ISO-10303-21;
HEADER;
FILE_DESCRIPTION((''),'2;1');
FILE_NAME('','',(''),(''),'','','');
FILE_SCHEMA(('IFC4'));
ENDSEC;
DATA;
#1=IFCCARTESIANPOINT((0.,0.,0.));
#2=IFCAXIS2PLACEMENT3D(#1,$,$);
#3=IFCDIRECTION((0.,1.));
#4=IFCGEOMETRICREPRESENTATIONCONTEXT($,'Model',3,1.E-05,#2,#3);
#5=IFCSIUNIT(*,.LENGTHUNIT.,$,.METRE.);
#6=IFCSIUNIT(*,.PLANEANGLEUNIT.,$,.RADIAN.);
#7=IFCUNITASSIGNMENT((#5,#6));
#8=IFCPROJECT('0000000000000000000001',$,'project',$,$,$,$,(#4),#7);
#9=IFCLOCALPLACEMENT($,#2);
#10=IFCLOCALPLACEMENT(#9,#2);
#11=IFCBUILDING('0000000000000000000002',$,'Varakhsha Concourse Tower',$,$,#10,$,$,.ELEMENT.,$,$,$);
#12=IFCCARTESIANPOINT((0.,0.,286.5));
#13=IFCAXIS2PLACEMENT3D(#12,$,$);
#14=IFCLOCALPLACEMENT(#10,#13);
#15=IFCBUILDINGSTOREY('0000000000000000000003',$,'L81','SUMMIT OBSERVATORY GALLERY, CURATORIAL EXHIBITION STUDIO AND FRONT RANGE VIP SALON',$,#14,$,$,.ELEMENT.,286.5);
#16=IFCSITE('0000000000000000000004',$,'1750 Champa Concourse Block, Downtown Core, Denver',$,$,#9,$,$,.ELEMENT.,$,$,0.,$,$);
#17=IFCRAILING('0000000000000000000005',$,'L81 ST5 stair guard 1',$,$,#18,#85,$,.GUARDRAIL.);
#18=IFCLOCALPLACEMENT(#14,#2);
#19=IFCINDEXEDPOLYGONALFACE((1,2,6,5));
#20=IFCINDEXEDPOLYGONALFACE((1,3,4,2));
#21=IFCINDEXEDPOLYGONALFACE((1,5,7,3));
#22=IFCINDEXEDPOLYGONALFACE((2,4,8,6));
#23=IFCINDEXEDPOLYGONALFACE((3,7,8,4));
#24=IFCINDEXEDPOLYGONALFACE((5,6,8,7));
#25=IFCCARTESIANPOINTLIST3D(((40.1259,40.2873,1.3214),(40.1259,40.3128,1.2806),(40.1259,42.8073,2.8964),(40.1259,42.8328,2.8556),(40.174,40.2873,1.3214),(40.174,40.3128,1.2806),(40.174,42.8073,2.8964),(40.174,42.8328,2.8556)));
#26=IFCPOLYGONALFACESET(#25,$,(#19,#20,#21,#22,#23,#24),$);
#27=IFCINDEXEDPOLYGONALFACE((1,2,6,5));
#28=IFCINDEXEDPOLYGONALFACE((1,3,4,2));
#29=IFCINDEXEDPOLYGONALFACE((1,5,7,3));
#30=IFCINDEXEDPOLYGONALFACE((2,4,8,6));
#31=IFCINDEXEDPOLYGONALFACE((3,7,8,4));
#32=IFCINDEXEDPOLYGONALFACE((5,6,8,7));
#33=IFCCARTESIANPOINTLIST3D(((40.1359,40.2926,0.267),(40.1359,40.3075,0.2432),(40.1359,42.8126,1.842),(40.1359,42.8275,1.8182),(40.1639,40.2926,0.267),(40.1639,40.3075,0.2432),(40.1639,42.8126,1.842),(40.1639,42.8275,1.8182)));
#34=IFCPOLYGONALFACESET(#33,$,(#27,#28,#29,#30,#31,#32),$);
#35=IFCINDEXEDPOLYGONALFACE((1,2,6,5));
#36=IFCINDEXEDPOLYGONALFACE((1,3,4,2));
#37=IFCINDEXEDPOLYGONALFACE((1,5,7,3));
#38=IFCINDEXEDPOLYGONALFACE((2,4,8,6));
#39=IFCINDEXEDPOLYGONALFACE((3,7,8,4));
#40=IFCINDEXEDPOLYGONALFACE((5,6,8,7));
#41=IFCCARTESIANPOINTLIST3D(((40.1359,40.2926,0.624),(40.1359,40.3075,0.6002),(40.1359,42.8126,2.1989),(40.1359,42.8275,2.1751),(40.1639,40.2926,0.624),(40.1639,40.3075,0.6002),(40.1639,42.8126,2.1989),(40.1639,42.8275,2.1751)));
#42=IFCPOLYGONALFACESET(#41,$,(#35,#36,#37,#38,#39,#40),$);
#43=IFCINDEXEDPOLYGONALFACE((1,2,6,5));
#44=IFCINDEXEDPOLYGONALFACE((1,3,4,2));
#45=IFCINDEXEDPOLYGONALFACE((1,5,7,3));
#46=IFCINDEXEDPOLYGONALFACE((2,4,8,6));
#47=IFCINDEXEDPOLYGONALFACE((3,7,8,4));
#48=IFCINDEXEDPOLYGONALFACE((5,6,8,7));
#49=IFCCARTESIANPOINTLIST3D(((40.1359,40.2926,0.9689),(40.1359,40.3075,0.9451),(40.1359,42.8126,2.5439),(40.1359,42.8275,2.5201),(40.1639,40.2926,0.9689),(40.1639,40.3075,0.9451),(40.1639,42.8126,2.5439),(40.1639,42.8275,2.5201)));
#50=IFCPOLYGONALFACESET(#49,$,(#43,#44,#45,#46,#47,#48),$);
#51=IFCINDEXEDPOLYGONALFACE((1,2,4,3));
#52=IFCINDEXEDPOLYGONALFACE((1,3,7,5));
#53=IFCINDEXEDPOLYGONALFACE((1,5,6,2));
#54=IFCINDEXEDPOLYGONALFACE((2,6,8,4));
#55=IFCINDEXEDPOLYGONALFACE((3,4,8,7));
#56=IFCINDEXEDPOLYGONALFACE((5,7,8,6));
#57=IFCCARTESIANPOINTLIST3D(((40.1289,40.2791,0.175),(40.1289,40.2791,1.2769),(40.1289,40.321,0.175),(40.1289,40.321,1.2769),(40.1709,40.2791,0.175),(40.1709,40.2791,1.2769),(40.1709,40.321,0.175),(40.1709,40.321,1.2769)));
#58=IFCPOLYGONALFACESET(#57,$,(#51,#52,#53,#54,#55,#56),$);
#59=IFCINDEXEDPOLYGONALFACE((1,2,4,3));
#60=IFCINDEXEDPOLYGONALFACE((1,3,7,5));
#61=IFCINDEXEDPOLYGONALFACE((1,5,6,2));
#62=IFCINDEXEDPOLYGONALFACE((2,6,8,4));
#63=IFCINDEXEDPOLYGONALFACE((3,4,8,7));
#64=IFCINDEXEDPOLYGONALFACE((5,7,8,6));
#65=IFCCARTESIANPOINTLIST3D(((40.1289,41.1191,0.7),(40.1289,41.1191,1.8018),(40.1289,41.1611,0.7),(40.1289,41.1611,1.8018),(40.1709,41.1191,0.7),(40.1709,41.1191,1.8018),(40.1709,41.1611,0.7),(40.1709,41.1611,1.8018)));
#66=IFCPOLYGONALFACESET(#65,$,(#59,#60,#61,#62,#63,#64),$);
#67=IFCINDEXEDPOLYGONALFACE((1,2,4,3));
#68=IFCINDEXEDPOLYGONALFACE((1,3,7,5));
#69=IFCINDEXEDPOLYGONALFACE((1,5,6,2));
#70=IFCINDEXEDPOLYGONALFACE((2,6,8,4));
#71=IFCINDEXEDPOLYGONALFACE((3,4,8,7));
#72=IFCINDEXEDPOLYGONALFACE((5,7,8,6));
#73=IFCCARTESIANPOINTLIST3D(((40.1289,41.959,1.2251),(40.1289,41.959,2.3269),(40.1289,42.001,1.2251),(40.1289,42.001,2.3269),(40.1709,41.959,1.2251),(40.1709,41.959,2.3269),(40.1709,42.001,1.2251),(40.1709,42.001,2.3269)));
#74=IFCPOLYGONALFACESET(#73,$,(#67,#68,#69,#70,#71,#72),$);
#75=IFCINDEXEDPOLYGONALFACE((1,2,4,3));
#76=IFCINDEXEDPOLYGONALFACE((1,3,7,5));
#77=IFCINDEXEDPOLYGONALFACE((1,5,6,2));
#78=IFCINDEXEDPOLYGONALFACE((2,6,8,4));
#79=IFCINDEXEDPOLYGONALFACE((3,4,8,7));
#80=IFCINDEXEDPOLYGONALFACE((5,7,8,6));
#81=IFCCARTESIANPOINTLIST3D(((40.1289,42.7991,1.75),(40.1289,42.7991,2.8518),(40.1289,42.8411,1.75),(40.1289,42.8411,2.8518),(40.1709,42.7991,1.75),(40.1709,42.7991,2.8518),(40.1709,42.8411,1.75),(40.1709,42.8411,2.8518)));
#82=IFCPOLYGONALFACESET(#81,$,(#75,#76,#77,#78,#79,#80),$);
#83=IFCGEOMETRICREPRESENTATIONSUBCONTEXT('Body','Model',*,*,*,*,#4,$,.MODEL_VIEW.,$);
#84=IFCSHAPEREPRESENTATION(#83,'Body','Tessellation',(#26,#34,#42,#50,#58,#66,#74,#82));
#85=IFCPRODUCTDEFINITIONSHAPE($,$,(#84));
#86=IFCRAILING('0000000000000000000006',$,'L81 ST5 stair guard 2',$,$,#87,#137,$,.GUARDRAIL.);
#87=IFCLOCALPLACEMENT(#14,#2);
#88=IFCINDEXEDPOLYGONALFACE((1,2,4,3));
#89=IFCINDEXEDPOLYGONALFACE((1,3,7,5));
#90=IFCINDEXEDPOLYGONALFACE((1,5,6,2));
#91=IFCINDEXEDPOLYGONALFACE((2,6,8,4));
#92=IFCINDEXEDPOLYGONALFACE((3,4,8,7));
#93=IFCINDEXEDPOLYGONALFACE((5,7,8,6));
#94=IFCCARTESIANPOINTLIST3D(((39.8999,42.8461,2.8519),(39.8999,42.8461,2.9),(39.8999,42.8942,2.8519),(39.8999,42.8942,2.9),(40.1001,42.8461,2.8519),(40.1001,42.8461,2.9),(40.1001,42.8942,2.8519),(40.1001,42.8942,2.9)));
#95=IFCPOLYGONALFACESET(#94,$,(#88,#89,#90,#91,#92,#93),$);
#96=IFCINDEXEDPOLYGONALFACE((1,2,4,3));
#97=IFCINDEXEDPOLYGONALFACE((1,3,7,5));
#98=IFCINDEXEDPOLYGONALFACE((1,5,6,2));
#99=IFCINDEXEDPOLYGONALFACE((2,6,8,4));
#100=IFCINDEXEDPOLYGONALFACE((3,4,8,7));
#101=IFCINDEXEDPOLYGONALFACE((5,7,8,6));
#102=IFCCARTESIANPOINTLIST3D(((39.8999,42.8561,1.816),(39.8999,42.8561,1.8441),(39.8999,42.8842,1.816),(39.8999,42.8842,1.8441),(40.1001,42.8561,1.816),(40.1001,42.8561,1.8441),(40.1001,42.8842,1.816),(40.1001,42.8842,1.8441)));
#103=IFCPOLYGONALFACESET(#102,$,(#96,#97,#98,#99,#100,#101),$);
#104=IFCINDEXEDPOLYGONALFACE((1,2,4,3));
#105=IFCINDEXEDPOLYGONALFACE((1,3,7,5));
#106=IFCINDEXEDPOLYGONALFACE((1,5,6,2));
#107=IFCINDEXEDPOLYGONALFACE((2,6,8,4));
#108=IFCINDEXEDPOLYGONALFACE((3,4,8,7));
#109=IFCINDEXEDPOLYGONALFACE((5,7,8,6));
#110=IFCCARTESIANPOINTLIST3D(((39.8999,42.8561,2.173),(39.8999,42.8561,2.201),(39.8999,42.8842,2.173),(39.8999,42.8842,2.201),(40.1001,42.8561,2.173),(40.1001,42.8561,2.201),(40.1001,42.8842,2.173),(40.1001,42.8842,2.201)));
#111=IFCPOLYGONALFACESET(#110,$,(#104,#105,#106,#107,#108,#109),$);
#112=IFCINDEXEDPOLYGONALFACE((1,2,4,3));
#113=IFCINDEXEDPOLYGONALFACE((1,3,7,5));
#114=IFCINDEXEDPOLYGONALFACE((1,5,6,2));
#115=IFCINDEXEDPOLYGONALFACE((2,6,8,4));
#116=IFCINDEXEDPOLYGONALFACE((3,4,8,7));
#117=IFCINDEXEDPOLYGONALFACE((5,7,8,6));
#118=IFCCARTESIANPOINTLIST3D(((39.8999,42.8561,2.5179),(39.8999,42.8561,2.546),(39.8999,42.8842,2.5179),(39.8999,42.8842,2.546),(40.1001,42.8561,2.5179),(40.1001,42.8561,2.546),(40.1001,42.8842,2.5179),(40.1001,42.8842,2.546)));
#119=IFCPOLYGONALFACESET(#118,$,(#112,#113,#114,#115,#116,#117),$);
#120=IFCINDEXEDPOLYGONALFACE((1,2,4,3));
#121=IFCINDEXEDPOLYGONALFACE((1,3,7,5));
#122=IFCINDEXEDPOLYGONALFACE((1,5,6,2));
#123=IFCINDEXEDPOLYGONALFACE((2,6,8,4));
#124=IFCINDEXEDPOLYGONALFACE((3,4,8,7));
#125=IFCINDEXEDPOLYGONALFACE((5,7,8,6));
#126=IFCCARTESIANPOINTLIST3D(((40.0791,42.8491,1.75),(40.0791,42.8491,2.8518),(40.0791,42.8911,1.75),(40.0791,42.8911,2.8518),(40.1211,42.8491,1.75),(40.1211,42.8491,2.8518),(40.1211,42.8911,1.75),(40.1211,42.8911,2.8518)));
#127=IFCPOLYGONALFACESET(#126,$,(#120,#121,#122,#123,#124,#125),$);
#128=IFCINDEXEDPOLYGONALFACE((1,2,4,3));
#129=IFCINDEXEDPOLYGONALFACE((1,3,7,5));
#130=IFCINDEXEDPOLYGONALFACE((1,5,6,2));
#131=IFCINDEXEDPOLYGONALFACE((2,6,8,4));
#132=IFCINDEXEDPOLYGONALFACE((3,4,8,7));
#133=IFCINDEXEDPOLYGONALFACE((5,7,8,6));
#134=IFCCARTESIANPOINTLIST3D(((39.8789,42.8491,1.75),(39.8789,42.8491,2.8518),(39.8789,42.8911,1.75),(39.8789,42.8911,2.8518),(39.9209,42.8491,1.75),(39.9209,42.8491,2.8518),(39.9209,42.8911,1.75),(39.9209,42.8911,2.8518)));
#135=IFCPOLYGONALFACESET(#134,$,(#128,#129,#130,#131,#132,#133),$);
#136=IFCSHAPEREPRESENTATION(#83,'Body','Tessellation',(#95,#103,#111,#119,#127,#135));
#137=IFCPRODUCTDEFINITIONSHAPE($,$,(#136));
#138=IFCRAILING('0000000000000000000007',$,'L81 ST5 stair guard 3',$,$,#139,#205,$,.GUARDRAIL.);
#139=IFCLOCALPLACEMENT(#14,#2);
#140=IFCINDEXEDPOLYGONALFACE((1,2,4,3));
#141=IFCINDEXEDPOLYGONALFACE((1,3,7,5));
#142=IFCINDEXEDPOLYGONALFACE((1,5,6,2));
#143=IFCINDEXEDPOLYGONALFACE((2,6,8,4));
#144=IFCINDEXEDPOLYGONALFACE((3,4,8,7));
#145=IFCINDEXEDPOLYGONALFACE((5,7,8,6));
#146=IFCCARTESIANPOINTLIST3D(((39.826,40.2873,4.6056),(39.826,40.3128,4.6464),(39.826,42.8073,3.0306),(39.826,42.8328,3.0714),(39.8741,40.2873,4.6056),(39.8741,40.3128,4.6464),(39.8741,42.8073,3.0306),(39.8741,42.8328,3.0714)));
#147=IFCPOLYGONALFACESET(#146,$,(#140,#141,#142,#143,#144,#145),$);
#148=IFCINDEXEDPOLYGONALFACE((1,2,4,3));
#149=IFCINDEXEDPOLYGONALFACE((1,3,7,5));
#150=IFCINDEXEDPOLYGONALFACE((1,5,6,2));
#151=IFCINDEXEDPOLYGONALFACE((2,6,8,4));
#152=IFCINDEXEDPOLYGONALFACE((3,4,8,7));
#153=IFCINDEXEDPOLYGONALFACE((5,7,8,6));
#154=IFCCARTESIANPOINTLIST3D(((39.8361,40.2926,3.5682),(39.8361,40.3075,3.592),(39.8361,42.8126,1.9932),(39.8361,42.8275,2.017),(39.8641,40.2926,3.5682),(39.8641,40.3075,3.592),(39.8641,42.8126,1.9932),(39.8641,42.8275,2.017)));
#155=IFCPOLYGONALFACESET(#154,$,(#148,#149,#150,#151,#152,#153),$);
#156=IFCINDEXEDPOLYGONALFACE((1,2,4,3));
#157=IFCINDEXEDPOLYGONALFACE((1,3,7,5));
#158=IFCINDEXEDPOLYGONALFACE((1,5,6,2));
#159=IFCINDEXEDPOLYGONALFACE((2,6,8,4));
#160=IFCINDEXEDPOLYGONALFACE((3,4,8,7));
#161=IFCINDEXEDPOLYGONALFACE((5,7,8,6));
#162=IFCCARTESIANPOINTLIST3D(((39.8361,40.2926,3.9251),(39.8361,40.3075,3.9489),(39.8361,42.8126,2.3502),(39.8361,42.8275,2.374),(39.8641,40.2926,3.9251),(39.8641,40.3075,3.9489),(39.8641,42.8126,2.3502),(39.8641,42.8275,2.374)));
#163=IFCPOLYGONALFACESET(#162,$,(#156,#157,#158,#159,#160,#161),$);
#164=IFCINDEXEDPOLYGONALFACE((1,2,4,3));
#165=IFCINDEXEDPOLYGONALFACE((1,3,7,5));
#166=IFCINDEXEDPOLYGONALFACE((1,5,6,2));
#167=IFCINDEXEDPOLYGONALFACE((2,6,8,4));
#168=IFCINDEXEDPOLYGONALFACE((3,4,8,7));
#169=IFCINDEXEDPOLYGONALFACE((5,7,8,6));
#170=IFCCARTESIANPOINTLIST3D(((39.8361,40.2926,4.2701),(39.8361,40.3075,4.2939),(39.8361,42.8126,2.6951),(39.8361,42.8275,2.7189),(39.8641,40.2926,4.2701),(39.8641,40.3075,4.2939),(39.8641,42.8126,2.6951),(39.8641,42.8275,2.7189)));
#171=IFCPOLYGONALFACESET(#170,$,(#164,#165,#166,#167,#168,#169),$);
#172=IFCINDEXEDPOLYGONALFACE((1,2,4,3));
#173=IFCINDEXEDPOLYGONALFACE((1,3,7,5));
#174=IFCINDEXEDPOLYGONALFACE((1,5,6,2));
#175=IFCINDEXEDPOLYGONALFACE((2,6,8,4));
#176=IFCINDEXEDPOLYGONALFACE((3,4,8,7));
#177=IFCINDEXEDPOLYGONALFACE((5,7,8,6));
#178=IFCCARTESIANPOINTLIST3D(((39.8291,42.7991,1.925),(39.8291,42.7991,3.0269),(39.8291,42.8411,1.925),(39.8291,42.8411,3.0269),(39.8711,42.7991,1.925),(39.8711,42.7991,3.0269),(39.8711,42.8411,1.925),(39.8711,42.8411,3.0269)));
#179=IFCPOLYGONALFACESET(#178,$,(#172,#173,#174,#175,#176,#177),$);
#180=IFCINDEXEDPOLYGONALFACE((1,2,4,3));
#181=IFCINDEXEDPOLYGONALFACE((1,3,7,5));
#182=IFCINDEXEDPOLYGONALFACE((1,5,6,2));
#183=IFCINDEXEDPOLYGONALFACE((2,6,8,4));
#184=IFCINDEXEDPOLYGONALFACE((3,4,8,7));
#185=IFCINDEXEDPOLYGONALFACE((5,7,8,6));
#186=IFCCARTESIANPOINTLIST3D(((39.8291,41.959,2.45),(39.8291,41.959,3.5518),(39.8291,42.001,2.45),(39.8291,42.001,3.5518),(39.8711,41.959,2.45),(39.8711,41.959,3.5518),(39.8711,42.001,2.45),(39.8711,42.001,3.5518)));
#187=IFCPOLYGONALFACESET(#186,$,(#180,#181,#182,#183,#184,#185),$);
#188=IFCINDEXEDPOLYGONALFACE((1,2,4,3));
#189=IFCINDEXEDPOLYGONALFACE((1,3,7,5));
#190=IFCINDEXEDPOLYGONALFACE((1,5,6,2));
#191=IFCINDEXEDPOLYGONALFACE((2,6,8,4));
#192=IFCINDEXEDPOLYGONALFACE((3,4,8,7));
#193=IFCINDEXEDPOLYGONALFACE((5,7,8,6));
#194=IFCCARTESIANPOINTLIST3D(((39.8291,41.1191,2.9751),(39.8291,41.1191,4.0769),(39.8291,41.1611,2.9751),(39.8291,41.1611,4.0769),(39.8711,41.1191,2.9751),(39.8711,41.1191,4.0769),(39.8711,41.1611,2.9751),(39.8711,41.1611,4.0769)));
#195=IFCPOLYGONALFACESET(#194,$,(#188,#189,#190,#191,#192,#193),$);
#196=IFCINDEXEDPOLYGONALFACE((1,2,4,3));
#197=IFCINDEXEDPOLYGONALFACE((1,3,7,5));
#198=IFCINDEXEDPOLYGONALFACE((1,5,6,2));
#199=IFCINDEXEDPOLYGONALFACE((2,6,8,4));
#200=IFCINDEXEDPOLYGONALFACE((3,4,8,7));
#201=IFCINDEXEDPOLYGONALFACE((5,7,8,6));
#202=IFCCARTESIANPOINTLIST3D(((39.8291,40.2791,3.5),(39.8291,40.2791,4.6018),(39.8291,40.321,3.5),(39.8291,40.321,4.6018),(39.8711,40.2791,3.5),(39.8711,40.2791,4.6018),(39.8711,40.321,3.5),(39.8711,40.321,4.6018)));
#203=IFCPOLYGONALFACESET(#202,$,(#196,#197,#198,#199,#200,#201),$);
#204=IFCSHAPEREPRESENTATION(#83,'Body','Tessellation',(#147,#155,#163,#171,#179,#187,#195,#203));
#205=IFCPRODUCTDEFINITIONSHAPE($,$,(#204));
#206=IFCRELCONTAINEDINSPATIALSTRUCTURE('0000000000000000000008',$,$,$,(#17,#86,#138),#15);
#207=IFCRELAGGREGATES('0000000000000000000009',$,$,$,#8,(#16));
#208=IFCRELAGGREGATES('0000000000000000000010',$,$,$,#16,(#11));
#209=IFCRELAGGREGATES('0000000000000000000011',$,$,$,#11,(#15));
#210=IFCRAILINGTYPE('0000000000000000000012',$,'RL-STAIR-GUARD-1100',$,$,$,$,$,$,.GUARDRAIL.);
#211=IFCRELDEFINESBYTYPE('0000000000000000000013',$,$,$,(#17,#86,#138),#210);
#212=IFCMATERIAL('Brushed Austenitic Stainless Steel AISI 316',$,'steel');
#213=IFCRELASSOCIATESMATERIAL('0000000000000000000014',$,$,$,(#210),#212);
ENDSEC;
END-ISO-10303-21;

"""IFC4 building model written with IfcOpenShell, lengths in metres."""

from ifc_helpers import new_model, si_unit, direction, frame, origin, origin_2d, place, context, subcontext, project, spatial, rectangle, extrude, material, type_object, element, save


model = new_model("IFC4")

# Units and contexts
model_context = context("Model", 3, precision=1e-05, world=origin(), true_north=direction((0.0, 1.0)))
body_context = subcontext(model_context, "Body", "Model", "MODEL_VIEW")
ifc_project = project(units=[si_unit("LENGTHUNIT", "METRE"), si_unit("PLANEANGLEUNIT", "RADIAN")], contexts=[model_context])

# Site, building, storey
site_placement = place(None, origin())
site = spatial("IfcSite", under=ifc_project, at=site_placement, Name="1750 Champa Concourse Block, Downtown Core, Denver", CompositionType="ELEMENT", RefElevation=0.0)
building_placement = place(site_placement, origin())
building = spatial("IfcBuilding", under=site, at=building_placement, Name="Varakhsha Concourse Tower", CompositionType="ELEMENT")
storey_placement = place(building_placement, frame((0.0, 0.0, 286.5)))
storey = spatial("IfcBuildingStorey", under=building, at=storey_placement, Name="L81", Description="SUMMIT OBSERVATORY GALLERY, CURATORIAL EXHIBITION STUDIO AND FRONT RANGE VIP SALON", CompositionType="ELEMENT", Elevation=286.5)

# Railings
ifc_material_1 = material(Name="Brushed Austenitic Stainless Steel AISI 316", Category="steel")
railing_type_1 = type_object("IfcRailingType", Name="RL-STAIR-GUARD-1100", PredefinedType="GUARDRAIL", material=ifc_material_1)
railing_1_placement = place(storey_placement, frame((40.1499, 40.3, 0.175)))
element("IfcRailing", 1, at=railing_1_placement, inside=storey, type_object=railing_type_1, Name="L81 ST5 stair guard 1", PredefinedType="GUARDRAIL", context=body_context, shape_type="SweptSolid", body=[
    extrude(rectangle(XDim=0.0481, YDim=0.0481, at=origin_2d()), frame((0.0, 0.0, 1.126), z_axis=(0.0, 0.848008, 0.529984), x_axis=(-1.0, 0.0, 0.0)), (0.0, 0.0, 1.0), 2.9717),
    extrude(rectangle(XDim=0.0281, YDim=0.0281, at=origin_2d()), frame((0.0, 0.0, 0.0801), z_axis=(0.0, 0.848008, 0.529984), x_axis=(-1.0, 0.0, 0.0)), (0.0, 0.0, 1.0), 2.9717),
    extrude(rectangle(XDim=0.0281, YDim=0.0281, at=origin_2d()), frame((0.0, 0.0, 0.437), z_axis=(0.0, 0.848008, 0.529984), x_axis=(-1.0, 0.0, 0.0)), (0.0, 0.0, 1.0), 2.9717),
    extrude(rectangle(XDim=0.0281, YDim=0.0281, at=origin_2d()), frame((0.0, 0.0, 0.782), z_axis=(0.0, 0.848008, 0.529984), x_axis=(-1.0, 0.0, 0.0)), (0.0, 0.0, 1.0), 2.9717),
    extrude(rectangle(XDim=0.042, YDim=0.042, at=origin_2d()), origin(), (0.0, 0.0, 1.0), 1.1018),
    extrude(rectangle(XDim=0.042, YDim=0.042, at=origin_2d()), frame((0.0, 0.8401, 0.5249)), (0.0, 0.0, 1.0), 1.1018),
    extrude(rectangle(XDim=0.042, YDim=0.042, at=origin_2d()), frame((0.0, 1.6799, 1.05)), (0.0, 0.0, 1.0), 1.1018),
    extrude(rectangle(XDim=0.042, YDim=0.042, at=origin_2d()), frame((0.0, 2.52, 1.575)), (0.0, 0.0, 1.0), 1.1018),
])
railing_2_placement = place(storey_placement, frame((40.1001, 42.8701, 1.75)))
element("IfcRailing", 2, at=railing_2_placement, inside=storey, type_object=railing_type_1, Name="L81 ST5 stair guard 2", PredefinedType="GUARDRAIL", context=body_context, shape_type="SweptSolid", body=[
    extrude(rectangle(XDim=0.0481, YDim=0.0481, at=origin_2d()), frame((0.0, 0.0, 1.126), z_axis=(-1.0, 0.0, 0.0), x_axis=(0.0, -1.0, 0.0)), (0.0, 0.0, 1.0), 0.2002),
    extrude(rectangle(XDim=0.0281, YDim=0.0281, at=origin_2d()), frame((0.0, 0.0, 0.0801), z_axis=(-1.0, 0.0, 0.0), x_axis=(0.0, -1.0, 0.0)), (0.0, 0.0, 1.0), 0.2002),
    extrude(rectangle(XDim=0.0281, YDim=0.0281, at=origin_2d()), frame((0.0, 0.0, 0.437), z_axis=(-1.0, 0.0, 0.0), x_axis=(0.0, -1.0, 0.0)), (0.0, 0.0, 1.0), 0.2002),
    extrude(rectangle(XDim=0.0281, YDim=0.0281, at=origin_2d()), frame((0.0, 0.0, 0.782), z_axis=(-1.0, 0.0, 0.0), x_axis=(0.0, -1.0, 0.0)), (0.0, 0.0, 1.0), 0.2002),
    extrude(rectangle(XDim=0.042, YDim=0.042, at=origin_2d()), origin(), (0.0, 0.0, 1.0), 1.1018),
    extrude(rectangle(XDim=0.042, YDim=0.042, at=origin_2d()), frame((-0.2002, 0.0, 0.0)), (0.0, 0.0, 1.0), 1.1018),
])
railing_3_placement = place(storey_placement, frame((39.8501, 42.8201, 1.925)))
element("IfcRailing", 3, at=railing_3_placement, inside=storey, type_object=railing_type_1, Name="L81 ST5 stair guard 3", PredefinedType="GUARDRAIL", context=body_context, shape_type="SweptSolid", body=[
    extrude(rectangle(XDim=0.0481, YDim=0.0481, at=origin_2d()), frame((0.0, 0.0, 1.126), z_axis=(0.0, -0.848008, 0.529984), x_axis=(1.0, 0.0, 0.0)), (0.0, 0.0, 1.0), 2.9717),
    extrude(rectangle(XDim=0.0281, YDim=0.0281, at=origin_2d()), frame((0.0, 0.0, 0.0801), z_axis=(0.0, -0.848008, 0.529984), x_axis=(1.0, 0.0, 0.0)), (0.0, 0.0, 1.0), 2.9717),
    extrude(rectangle(XDim=0.0281, YDim=0.0281, at=origin_2d()), frame((0.0, 0.0, 0.437), z_axis=(0.0, -0.848008, 0.529984), x_axis=(1.0, 0.0, 0.0)), (0.0, 0.0, 1.0), 2.9717),
    extrude(rectangle(XDim=0.0281, YDim=0.0281, at=origin_2d()), frame((0.0, 0.0, 0.782), z_axis=(0.0, -0.848008, 0.529984), x_axis=(1.0, 0.0, 0.0)), (0.0, 0.0, 1.0), 2.9717),
    extrude(rectangle(XDim=0.042, YDim=0.042, at=origin_2d()), origin(), (0.0, 0.0, 1.0), 1.1018),
    extrude(rectangle(XDim=0.042, YDim=0.042, at=origin_2d()), frame((0.0, -0.8401, 0.5249)), (0.0, 0.0, 1.0), 1.1018),
    extrude(rectangle(XDim=0.042, YDim=0.042, at=origin_2d()), frame((0.0, -1.6799, 1.05)), (0.0, 0.0, 1.0), 1.1018),
    extrude(rectangle(XDim=0.042, YDim=0.042, at=origin_2d()), frame((0.0, -2.52, 1.575)), (0.0, 0.0, 1.0), 1.1018),
])

save(model, "model.ifc")
